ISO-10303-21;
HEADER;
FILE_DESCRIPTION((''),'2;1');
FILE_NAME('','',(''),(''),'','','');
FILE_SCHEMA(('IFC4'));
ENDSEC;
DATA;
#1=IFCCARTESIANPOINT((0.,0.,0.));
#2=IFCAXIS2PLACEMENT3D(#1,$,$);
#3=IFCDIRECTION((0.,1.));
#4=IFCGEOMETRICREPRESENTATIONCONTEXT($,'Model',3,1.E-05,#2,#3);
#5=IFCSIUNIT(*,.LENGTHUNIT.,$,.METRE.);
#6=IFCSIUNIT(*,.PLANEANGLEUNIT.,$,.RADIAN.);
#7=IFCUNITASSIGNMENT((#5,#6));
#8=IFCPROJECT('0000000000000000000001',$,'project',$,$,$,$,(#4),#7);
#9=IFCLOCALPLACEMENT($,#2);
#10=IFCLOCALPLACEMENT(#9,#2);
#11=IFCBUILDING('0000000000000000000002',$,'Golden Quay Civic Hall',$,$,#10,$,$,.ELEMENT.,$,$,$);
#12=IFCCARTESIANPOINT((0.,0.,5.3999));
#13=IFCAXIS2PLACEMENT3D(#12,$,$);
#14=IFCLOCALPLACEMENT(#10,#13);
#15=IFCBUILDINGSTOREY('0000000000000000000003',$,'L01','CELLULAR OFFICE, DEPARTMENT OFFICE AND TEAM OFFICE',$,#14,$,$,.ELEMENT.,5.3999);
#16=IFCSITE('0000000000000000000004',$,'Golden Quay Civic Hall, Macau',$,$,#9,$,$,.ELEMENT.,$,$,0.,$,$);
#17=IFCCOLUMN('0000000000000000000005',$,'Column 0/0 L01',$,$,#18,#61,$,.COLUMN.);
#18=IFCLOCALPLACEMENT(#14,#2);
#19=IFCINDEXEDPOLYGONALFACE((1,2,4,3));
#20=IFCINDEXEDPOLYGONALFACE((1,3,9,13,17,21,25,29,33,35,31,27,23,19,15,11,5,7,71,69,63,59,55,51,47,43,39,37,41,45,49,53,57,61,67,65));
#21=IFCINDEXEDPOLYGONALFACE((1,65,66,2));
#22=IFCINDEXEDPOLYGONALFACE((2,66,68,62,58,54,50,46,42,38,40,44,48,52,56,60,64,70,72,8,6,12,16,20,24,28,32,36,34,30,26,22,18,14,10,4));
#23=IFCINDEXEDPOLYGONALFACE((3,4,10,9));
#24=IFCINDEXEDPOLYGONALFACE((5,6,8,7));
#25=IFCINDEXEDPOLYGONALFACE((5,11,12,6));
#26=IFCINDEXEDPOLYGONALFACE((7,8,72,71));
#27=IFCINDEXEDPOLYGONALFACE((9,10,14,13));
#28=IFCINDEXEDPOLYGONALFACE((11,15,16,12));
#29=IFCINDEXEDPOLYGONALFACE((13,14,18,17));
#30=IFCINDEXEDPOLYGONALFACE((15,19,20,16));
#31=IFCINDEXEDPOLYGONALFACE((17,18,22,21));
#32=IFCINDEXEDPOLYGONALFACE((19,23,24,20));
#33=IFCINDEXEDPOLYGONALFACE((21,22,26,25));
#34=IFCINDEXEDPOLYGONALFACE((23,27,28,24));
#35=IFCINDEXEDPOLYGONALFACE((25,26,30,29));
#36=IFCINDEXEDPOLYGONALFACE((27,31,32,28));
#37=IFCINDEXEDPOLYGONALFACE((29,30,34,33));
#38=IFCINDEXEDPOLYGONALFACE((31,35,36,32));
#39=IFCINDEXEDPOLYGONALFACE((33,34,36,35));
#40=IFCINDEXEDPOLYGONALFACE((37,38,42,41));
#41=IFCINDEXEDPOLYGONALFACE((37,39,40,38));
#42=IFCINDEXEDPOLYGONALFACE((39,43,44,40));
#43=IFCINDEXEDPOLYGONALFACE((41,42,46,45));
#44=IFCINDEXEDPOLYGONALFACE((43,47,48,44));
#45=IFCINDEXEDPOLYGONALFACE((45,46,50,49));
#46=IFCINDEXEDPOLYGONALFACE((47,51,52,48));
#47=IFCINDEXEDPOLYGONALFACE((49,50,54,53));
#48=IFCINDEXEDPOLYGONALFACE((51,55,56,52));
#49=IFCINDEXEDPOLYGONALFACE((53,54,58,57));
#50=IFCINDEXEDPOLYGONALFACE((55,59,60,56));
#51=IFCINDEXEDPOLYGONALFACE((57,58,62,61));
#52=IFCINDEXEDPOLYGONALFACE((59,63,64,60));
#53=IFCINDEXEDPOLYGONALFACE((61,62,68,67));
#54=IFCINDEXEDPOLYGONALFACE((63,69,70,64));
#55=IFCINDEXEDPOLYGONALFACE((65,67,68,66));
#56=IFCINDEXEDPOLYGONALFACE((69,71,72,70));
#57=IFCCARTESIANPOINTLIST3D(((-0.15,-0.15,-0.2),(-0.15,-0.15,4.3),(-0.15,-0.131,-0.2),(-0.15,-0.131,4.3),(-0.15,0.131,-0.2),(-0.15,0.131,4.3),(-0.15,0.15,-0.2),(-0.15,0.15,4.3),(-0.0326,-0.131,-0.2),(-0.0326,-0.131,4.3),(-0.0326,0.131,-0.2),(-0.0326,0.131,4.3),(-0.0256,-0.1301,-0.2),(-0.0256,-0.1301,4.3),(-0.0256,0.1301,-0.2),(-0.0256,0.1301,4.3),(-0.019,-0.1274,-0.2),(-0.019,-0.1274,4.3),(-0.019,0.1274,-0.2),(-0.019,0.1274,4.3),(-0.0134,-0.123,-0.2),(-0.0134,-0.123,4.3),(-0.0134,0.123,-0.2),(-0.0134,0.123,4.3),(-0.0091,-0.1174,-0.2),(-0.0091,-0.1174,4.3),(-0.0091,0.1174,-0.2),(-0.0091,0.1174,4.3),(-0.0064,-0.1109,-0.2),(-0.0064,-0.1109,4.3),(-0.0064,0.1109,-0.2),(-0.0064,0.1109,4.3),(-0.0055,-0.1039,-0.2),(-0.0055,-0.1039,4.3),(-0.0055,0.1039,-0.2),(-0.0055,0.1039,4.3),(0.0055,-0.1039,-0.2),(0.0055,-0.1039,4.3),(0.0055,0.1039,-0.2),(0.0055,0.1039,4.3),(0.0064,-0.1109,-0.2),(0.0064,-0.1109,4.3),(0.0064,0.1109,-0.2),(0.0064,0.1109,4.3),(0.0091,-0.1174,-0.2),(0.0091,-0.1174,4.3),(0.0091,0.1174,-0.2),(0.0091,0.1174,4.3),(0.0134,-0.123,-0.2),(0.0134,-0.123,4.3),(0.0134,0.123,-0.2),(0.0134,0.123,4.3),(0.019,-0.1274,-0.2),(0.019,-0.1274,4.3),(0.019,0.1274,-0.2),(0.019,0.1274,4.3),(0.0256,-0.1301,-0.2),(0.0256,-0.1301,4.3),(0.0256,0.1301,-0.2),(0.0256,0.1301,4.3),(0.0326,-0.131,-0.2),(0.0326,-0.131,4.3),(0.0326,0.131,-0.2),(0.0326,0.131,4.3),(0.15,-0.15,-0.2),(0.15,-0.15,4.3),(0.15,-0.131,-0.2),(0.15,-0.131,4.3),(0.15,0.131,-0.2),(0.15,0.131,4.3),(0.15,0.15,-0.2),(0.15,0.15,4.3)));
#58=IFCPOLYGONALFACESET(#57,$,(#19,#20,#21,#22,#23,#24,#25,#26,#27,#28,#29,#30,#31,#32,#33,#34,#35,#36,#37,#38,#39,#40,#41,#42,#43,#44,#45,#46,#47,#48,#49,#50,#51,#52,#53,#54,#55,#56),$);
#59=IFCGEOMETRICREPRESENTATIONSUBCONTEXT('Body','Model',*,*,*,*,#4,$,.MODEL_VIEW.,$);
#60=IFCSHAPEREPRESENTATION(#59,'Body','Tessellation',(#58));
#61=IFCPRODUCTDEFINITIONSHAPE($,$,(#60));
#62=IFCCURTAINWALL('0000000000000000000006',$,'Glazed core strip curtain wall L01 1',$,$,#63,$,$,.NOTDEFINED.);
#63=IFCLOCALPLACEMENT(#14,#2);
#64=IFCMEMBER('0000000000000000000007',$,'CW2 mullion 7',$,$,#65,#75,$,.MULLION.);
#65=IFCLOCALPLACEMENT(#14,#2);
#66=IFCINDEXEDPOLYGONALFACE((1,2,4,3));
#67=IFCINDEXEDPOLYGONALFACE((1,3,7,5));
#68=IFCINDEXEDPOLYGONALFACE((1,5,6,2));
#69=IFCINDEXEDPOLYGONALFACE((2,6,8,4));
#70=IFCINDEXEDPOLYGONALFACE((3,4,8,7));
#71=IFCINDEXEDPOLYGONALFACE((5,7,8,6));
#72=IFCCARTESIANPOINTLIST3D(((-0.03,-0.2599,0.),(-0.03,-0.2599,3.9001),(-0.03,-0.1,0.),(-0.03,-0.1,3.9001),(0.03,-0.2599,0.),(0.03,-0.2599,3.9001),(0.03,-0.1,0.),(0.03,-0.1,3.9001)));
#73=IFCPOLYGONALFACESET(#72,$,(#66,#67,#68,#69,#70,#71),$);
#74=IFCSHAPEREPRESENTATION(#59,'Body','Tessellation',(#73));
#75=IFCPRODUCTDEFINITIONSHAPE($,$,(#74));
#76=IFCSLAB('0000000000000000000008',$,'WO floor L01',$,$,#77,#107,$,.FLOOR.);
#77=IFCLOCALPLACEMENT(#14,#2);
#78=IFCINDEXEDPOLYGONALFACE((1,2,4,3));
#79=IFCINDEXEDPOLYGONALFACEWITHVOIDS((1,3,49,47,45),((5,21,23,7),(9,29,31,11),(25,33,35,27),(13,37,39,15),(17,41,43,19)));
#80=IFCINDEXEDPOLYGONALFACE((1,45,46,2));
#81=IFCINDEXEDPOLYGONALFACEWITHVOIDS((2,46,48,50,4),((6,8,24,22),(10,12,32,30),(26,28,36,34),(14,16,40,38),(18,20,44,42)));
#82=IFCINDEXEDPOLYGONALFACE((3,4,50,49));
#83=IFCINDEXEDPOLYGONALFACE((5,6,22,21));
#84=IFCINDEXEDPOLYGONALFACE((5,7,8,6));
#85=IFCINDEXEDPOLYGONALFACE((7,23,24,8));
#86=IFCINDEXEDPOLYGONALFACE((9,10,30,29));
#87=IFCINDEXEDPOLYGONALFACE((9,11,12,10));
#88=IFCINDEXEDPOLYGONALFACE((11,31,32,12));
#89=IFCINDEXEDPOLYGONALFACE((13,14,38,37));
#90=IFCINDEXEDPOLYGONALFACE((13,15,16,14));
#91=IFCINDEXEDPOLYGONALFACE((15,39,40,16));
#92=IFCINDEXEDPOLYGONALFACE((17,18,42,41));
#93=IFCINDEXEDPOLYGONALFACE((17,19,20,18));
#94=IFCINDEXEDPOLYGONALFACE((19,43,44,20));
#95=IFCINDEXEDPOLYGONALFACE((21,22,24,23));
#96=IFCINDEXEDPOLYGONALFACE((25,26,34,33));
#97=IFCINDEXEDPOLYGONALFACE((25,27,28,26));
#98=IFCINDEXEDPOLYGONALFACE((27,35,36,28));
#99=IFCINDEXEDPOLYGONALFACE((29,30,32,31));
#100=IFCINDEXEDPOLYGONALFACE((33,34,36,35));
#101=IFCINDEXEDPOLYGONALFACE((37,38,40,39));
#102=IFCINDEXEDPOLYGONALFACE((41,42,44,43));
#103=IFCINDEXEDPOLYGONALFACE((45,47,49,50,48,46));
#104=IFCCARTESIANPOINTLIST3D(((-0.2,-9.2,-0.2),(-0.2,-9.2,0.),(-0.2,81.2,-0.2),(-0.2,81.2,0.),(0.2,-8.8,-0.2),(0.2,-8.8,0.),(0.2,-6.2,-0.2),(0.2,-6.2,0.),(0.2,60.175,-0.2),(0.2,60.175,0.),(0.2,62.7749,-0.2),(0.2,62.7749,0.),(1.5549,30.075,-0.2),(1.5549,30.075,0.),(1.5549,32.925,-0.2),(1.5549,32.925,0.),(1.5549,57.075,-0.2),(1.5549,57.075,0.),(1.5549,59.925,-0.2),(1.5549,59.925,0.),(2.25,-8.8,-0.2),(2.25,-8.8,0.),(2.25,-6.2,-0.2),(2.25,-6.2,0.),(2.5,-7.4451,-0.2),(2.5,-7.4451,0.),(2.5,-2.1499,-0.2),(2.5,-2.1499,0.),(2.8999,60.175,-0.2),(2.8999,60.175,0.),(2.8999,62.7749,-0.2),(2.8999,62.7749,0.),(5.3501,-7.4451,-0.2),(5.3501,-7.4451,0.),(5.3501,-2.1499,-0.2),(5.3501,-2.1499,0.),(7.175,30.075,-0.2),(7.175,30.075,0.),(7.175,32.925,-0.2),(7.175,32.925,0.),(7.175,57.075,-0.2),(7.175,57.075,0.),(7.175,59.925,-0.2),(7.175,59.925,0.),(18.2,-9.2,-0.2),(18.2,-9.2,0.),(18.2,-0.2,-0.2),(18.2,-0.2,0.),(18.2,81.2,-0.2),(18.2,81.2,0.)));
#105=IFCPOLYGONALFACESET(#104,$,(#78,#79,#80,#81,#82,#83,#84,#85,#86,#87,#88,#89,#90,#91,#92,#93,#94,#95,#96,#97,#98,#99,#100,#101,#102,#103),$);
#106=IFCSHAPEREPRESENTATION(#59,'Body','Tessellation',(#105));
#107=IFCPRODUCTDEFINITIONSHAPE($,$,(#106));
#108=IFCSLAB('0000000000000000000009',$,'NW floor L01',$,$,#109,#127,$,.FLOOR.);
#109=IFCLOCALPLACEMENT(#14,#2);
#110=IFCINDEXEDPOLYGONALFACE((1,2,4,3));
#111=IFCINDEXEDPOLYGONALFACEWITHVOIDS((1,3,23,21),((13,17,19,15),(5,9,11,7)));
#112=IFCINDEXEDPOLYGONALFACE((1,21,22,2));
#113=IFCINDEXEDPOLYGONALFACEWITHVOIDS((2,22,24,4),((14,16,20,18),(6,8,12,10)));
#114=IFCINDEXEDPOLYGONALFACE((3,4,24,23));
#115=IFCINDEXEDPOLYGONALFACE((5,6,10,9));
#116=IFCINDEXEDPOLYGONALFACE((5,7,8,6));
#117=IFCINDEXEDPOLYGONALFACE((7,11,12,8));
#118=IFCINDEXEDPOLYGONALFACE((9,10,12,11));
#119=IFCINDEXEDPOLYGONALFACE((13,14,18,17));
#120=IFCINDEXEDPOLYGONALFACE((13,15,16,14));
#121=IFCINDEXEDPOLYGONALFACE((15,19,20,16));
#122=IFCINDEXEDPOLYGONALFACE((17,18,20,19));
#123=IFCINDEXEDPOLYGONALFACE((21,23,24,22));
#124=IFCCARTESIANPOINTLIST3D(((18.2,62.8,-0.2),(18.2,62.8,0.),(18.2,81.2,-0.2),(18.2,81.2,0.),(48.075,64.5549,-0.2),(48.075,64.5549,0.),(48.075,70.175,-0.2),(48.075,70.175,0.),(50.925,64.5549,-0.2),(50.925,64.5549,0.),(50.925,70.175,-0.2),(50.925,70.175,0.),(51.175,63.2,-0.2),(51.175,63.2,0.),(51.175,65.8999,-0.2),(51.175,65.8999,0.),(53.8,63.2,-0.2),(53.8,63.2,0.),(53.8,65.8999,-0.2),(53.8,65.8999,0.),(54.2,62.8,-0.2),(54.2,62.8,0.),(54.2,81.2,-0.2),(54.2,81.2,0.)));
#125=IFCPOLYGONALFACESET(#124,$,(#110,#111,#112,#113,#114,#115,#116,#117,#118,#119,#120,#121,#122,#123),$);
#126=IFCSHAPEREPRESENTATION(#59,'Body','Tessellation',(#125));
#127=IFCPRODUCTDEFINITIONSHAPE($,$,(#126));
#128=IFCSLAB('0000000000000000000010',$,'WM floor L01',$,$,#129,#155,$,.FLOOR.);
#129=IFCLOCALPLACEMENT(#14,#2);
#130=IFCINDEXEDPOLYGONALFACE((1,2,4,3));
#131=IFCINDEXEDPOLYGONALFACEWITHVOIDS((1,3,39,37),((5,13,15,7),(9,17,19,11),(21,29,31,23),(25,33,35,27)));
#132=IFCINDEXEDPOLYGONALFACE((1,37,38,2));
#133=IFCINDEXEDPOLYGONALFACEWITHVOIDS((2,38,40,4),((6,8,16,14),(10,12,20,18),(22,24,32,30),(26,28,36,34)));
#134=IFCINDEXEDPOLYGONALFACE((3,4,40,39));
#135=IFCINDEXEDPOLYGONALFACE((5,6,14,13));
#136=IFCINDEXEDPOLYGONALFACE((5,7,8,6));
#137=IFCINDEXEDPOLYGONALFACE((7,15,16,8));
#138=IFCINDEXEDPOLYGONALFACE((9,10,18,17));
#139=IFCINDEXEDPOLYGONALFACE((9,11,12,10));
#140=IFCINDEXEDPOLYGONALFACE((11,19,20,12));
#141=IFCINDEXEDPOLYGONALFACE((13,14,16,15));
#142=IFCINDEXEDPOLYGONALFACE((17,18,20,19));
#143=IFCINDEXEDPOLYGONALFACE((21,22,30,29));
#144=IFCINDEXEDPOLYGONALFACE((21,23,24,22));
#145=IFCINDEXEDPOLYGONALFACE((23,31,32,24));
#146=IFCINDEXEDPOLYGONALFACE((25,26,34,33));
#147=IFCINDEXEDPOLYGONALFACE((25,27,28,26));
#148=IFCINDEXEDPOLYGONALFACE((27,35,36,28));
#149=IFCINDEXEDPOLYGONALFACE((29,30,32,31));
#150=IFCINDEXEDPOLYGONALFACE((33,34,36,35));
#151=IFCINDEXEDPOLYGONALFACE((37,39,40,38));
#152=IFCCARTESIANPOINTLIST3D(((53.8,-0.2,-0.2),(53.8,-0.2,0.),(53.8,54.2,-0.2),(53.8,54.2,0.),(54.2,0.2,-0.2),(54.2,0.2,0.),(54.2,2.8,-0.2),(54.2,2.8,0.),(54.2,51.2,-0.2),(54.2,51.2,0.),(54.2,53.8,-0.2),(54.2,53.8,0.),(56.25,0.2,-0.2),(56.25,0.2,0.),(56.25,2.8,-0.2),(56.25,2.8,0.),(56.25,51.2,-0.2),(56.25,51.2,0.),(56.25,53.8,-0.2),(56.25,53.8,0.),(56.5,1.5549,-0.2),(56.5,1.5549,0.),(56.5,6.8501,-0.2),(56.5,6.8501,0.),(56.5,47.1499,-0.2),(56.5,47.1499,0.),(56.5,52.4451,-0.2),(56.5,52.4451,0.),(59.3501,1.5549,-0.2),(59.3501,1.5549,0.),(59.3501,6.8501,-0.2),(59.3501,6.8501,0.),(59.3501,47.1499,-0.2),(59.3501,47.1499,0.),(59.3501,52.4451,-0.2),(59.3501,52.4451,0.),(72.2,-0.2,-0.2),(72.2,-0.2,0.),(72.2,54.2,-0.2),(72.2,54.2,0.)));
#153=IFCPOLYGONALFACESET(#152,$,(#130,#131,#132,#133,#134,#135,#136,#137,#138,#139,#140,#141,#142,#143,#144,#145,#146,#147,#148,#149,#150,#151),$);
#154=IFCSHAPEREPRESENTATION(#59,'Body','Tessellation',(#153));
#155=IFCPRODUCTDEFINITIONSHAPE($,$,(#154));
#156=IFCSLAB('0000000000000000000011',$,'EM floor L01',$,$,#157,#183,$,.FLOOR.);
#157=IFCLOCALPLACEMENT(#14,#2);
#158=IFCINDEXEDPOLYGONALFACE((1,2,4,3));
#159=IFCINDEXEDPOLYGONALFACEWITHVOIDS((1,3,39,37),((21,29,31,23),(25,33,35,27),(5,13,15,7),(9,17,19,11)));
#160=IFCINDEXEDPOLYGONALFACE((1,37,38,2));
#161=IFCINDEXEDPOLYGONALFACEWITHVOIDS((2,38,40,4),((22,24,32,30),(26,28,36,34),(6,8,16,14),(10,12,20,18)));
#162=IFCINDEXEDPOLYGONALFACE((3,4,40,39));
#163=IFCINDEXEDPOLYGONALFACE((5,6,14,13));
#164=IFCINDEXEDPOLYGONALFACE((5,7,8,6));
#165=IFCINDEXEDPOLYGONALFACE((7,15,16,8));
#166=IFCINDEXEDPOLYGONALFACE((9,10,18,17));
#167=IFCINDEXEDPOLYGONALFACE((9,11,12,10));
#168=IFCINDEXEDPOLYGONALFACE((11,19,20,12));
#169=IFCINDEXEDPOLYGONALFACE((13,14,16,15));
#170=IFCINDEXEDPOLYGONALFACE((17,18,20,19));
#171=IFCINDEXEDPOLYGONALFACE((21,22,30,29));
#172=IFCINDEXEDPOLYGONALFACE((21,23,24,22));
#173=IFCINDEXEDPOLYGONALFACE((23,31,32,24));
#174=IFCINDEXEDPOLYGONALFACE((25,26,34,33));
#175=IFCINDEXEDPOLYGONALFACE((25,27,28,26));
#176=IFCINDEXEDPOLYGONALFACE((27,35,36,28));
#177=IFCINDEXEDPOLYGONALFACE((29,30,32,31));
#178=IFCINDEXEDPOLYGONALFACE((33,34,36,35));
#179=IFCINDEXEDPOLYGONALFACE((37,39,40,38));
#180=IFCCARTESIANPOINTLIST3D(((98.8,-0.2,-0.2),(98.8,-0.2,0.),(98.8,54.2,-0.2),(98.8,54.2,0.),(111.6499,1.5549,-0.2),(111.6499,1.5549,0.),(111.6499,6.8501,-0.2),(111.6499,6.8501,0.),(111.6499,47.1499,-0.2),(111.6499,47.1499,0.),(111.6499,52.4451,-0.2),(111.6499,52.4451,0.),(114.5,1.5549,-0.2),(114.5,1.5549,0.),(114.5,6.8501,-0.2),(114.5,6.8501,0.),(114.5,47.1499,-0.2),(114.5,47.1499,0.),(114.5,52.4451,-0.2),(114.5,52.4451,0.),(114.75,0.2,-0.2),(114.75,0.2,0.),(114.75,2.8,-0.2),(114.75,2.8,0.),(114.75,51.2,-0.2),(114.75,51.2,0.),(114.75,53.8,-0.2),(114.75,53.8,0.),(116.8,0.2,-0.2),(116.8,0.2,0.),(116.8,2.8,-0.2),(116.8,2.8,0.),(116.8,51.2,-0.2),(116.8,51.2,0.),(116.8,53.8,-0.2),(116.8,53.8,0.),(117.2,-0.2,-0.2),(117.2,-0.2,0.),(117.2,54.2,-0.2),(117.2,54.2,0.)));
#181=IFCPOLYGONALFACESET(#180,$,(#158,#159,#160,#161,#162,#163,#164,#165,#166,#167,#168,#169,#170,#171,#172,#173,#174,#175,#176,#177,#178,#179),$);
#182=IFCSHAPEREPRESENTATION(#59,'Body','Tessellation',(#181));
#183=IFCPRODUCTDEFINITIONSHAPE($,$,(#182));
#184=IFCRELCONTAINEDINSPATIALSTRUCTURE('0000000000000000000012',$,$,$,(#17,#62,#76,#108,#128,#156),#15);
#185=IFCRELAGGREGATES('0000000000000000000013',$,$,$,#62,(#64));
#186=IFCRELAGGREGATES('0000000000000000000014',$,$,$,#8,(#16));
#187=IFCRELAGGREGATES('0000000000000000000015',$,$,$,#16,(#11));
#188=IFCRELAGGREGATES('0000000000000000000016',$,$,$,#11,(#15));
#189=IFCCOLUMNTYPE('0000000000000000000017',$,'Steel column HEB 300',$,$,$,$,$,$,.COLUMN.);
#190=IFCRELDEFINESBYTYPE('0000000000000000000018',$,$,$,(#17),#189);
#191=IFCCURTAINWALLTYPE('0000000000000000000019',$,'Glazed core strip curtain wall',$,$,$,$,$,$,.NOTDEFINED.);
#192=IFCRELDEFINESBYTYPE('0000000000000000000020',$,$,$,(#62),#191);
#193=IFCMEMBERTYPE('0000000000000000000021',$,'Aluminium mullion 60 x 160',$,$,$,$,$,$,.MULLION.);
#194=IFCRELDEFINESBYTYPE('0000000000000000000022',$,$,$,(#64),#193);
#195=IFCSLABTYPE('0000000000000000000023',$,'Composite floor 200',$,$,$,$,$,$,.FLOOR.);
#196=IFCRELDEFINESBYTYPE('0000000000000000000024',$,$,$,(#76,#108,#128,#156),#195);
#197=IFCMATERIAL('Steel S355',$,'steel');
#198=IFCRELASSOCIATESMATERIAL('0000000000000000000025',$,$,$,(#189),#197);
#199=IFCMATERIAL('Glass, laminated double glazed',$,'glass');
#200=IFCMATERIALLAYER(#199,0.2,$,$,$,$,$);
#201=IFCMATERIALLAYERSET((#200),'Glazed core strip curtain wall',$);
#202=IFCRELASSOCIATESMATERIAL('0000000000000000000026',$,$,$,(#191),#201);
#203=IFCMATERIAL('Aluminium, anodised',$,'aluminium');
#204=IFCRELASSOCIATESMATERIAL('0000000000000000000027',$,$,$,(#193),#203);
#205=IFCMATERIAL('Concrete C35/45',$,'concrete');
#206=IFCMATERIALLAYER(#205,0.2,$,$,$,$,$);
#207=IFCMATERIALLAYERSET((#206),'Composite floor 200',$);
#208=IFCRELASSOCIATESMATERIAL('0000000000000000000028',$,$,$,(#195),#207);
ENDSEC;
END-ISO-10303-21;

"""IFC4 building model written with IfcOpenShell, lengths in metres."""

from ifc_helpers import new_model, si_unit, direction, frame, origin, origin_2d, place, context, subcontext, project, spatial, polyline, rectangle, i_section, outline, extrude, material, layer, layer_set, material_profile, profile_set, type_object, element, aggregate, save


model = new_model("IFC4")

# Units and contexts
model_context = context("Model", 3, precision=1e-05, world=origin(), true_north=direction((0.0, 1.0)))
body_context = subcontext(model_context, "Body", "Model", "MODEL_VIEW")
ifc_project = project(units=[si_unit("LENGTHUNIT", "METRE"), si_unit("PLANEANGLEUNIT", "RADIAN")], contexts=[model_context])

# Site, building, storey
site_placement = place(None, origin())
site = spatial("IfcSite", under=ifc_project, at=site_placement, Name="Golden Quay Civic Hall, Macau", CompositionType="ELEMENT", RefElevation=0.0)
building_placement = place(site_placement, origin())
building = spatial("IfcBuilding", under=site, at=building_placement, Name="Golden Quay Civic Hall", CompositionType="ELEMENT")
storey_placement = place(building_placement, frame((0.0, 0.0, 5.3999)))
storey = spatial("IfcBuildingStorey", under=building, at=storey_placement, Name="L01", Description="CELLULAR OFFICE, DEPARTMENT OFFICE AND TEAM OFFICE", CompositionType="ELEMENT", Elevation=5.3999)

# Column
ifc_material_1 = material(Name="Steel S355", Category="steel")
ifc_material_profile_1 = material_profile(ifc_material_1, i_section(OverallWidth=0.3, OverallDepth=0.3, WebThickness=0.011, FlangeThickness=0.019, FilletRadius=0.0271, at=origin_2d()), Name="HEB 300")
ifc_profile_set_1 = profile_set([ifc_material_profile_1], Name="Steel S355")
column_type = type_object("IfcColumnType", Name="Steel column HEB 300", PredefinedType="COLUMN", material=ifc_profile_set_1)
column_placement = place(storey_placement, frame((0.0, 0.0, -0.2), z_axis=(0.0, 0.0, 1.0), x_axis=(1.0, 0.0, 0.0)))
element("IfcColumn", 1, at=column_placement, inside=storey, type_object=column_type, Name="Column 0/0 L01", PredefinedType="COLUMN", context=body_context, shape_type="SweptSolid", body=[
    extrude(i_section(OverallWidth=0.3, OverallDepth=0.3, WebThickness=0.011, FlangeThickness=0.019, FilletRadius=0.0271, at=origin_2d()), origin(), (0.0, 0.0, 1.0), 4.5),
])

# Curtain wall, member
ifc_material_2 = material(Name="Glass, laminated double glazed", Category="glass")
ifc_layer_1 = layer(ifc_material_2, 0.2)
ifc_layer_set_1 = layer_set([ifc_layer_1], Name="Glazed core strip curtain wall")
curtain_wall_type = type_object("IfcCurtainWallType", Name="Glazed core strip curtain wall", PredefinedType="NOTDEFINED", material=ifc_layer_set_1)
curtain_wall_placement = place(storey_placement, origin())
curtain_wall = element("IfcCurtainWall", 2, at=curtain_wall_placement, inside=storey, type_object=curtain_wall_type, Name="Glazed core strip curtain wall L01 1", PredefinedType="NOTDEFINED")
ifc_material_3 = material(Name="Aluminium, anodised", Category="aluminium")
ifc_material_profile_2 = material_profile(ifc_material_3, rectangle(XDim=0.0601, YDim=0.1599, at=origin_2d()), Name="Aluminium 60 x 160")
ifc_profile_set_2 = profile_set([ifc_material_profile_2], Name="Aluminium, anodised")
member_type = type_object("IfcMemberType", Name="Aluminium mullion 60 x 160", PredefinedType="MULLION", material=ifc_profile_set_2)
member_placement = place(storey_placement, frame((0.0, -0.1799, 0.0), z_axis=(0.0, 0.0, 1.0), x_axis=(-1.0, 0.0, 0.0)))
member = element("IfcMember", 3, at=member_placement, type_object=member_type, Name="CW2 mullion 7", PredefinedType="MULLION", context=body_context, shape_type="SweptSolid", body=[
    extrude(rectangle(XDim=0.0601, YDim=0.1599, at=origin_2d()), origin(), (0.0, 0.0, 1.0), 3.9001),
])
aggregate(curtain_wall, [member])

# Slabs
ifc_material_4 = material(Name="Concrete C35/45", Category="concrete")
ifc_layer_2 = layer(ifc_material_4, 0.2)
ifc_layer_set_2 = layer_set([ifc_layer_2], Name="Composite floor 200")
slab_type_1 = type_object("IfcSlabType", Name="Composite floor 200", PredefinedType="FLOOR", material=ifc_layer_set_2)
slab_1_placement = place(storey_placement, frame((0.0, 0.0, -0.2)))
element("IfcSlab", 4, at=slab_1_placement, inside=storey, type_object=slab_type_1, Name="WO floor L01", PredefinedType="FLOOR", context=body_context, shape_type="SweptSolid", body=[
    extrude(outline(polyline([(18.2, -9.2), (-0.2, -9.2), (-0.2, 81.2), (18.2, 81.2), (18.2, -0.2), (18.2, -9.2)]), holes=[polyline([(5.3501, -2.1499), (2.5, -2.1499), (2.5, -7.4451), (5.3501, -7.4451), (5.3501, -2.1499)]), polyline([(2.25, -8.8), (2.25, -6.2), (0.2, -6.2), (0.2, -8.8), (2.25, -8.8)]), polyline([(1.5549, 57.075), (7.175, 57.075), (7.175, 59.925), (1.5549, 59.925), (1.5549, 57.075)]), polyline([(0.2, 62.7749), (0.2, 60.175), (2.8999, 60.175), (2.8999, 62.7749), (0.2, 62.7749)]), polyline([(7.175, 32.925), (1.5549, 32.925), (1.5549, 30.075), (7.175, 30.075), (7.175, 32.925)])]), origin(), (0.0, 0.0, 1.0), 0.2),
])
slab_2_placement = place(storey_placement, frame((0.0, 0.0, -0.2)))
element("IfcSlab", 5, at=slab_2_placement, inside=storey, type_object=slab_type_1, Name="NW floor L01", PredefinedType="FLOOR", context=body_context, shape_type="SweptSolid", body=[
    extrude(outline(polyline([(18.2, 62.8), (18.2, 81.2), (54.2, 81.2), (54.2, 62.8), (18.2, 62.8)]), holes=[polyline([(48.075, 70.175), (48.075, 64.5549), (50.925, 64.5549), (50.925, 70.175), (48.075, 70.175)]), polyline([(53.8, 65.8999), (51.175, 65.8999), (51.175, 63.2), (53.8, 63.2), (53.8, 65.8999)])]), origin(), (0.0, 0.0, 1.0), 0.2),
])
slab_3_placement = place(storey_placement, frame((0.0, 0.0, -0.2)))
element("IfcSlab", 6, at=slab_3_placement, inside=storey, type_object=slab_type_1, Name="WM floor L01", PredefinedType="FLOOR", context=body_context, shape_type="SweptSolid", body=[
    extrude(outline(polyline([(53.8, 54.2), (72.2, 54.2), (72.2, -0.2), (53.8, -0.2), (53.8, 54.2)]), holes=[polyline([(59.3501, 1.5549), (59.3501, 6.8501), (56.5, 6.8501), (56.5, 1.5549), (59.3501, 1.5549)]), polyline([(54.2, 0.2), (56.25, 0.2), (56.25, 2.8), (54.2, 2.8), (54.2, 0.2)]), polyline([(56.5, 52.4451), (56.5, 47.1499), (59.3501, 47.1499), (59.3501, 52.4451), (56.5, 52.4451)]), polyline([(56.25, 53.8), (54.2, 53.8), (54.2, 51.2), (56.25, 51.2), (56.25, 53.8)])]), origin(), (0.0, 0.0, 1.0), 0.2),
])
slab_4_placement = place(storey_placement, frame((0.0, 0.0, -0.2)))
element("IfcSlab", 7, at=slab_4_placement, inside=storey, type_object=slab_type_1, Name="EM floor L01", PredefinedType="FLOOR", context=body_context, shape_type="SweptSolid", body=[
    extrude(outline(polyline([(98.8, 54.2), (117.2, 54.2), (117.2, -0.2), (98.8, -0.2), (98.8, 54.2)]), holes=[polyline([(114.5, 1.5549), (114.5, 6.8501), (111.6499, 6.8501), (111.6499, 1.5549), (114.5, 1.5549)]), polyline([(114.75, 0.2), (116.8, 0.2), (116.8, 2.8), (114.75, 2.8), (114.75, 0.2)]), polyline([(111.6499, 52.4451), (111.6499, 47.1499), (114.5, 47.1499), (114.5, 52.4451), (111.6499, 52.4451)]), polyline([(116.8, 53.8), (114.75, 53.8), (114.75, 51.2), (116.8, 51.2), (116.8, 53.8)])]), origin(), (0.0, 0.0, 1.0), 0.2),
])

save(model, "model.ifc")
